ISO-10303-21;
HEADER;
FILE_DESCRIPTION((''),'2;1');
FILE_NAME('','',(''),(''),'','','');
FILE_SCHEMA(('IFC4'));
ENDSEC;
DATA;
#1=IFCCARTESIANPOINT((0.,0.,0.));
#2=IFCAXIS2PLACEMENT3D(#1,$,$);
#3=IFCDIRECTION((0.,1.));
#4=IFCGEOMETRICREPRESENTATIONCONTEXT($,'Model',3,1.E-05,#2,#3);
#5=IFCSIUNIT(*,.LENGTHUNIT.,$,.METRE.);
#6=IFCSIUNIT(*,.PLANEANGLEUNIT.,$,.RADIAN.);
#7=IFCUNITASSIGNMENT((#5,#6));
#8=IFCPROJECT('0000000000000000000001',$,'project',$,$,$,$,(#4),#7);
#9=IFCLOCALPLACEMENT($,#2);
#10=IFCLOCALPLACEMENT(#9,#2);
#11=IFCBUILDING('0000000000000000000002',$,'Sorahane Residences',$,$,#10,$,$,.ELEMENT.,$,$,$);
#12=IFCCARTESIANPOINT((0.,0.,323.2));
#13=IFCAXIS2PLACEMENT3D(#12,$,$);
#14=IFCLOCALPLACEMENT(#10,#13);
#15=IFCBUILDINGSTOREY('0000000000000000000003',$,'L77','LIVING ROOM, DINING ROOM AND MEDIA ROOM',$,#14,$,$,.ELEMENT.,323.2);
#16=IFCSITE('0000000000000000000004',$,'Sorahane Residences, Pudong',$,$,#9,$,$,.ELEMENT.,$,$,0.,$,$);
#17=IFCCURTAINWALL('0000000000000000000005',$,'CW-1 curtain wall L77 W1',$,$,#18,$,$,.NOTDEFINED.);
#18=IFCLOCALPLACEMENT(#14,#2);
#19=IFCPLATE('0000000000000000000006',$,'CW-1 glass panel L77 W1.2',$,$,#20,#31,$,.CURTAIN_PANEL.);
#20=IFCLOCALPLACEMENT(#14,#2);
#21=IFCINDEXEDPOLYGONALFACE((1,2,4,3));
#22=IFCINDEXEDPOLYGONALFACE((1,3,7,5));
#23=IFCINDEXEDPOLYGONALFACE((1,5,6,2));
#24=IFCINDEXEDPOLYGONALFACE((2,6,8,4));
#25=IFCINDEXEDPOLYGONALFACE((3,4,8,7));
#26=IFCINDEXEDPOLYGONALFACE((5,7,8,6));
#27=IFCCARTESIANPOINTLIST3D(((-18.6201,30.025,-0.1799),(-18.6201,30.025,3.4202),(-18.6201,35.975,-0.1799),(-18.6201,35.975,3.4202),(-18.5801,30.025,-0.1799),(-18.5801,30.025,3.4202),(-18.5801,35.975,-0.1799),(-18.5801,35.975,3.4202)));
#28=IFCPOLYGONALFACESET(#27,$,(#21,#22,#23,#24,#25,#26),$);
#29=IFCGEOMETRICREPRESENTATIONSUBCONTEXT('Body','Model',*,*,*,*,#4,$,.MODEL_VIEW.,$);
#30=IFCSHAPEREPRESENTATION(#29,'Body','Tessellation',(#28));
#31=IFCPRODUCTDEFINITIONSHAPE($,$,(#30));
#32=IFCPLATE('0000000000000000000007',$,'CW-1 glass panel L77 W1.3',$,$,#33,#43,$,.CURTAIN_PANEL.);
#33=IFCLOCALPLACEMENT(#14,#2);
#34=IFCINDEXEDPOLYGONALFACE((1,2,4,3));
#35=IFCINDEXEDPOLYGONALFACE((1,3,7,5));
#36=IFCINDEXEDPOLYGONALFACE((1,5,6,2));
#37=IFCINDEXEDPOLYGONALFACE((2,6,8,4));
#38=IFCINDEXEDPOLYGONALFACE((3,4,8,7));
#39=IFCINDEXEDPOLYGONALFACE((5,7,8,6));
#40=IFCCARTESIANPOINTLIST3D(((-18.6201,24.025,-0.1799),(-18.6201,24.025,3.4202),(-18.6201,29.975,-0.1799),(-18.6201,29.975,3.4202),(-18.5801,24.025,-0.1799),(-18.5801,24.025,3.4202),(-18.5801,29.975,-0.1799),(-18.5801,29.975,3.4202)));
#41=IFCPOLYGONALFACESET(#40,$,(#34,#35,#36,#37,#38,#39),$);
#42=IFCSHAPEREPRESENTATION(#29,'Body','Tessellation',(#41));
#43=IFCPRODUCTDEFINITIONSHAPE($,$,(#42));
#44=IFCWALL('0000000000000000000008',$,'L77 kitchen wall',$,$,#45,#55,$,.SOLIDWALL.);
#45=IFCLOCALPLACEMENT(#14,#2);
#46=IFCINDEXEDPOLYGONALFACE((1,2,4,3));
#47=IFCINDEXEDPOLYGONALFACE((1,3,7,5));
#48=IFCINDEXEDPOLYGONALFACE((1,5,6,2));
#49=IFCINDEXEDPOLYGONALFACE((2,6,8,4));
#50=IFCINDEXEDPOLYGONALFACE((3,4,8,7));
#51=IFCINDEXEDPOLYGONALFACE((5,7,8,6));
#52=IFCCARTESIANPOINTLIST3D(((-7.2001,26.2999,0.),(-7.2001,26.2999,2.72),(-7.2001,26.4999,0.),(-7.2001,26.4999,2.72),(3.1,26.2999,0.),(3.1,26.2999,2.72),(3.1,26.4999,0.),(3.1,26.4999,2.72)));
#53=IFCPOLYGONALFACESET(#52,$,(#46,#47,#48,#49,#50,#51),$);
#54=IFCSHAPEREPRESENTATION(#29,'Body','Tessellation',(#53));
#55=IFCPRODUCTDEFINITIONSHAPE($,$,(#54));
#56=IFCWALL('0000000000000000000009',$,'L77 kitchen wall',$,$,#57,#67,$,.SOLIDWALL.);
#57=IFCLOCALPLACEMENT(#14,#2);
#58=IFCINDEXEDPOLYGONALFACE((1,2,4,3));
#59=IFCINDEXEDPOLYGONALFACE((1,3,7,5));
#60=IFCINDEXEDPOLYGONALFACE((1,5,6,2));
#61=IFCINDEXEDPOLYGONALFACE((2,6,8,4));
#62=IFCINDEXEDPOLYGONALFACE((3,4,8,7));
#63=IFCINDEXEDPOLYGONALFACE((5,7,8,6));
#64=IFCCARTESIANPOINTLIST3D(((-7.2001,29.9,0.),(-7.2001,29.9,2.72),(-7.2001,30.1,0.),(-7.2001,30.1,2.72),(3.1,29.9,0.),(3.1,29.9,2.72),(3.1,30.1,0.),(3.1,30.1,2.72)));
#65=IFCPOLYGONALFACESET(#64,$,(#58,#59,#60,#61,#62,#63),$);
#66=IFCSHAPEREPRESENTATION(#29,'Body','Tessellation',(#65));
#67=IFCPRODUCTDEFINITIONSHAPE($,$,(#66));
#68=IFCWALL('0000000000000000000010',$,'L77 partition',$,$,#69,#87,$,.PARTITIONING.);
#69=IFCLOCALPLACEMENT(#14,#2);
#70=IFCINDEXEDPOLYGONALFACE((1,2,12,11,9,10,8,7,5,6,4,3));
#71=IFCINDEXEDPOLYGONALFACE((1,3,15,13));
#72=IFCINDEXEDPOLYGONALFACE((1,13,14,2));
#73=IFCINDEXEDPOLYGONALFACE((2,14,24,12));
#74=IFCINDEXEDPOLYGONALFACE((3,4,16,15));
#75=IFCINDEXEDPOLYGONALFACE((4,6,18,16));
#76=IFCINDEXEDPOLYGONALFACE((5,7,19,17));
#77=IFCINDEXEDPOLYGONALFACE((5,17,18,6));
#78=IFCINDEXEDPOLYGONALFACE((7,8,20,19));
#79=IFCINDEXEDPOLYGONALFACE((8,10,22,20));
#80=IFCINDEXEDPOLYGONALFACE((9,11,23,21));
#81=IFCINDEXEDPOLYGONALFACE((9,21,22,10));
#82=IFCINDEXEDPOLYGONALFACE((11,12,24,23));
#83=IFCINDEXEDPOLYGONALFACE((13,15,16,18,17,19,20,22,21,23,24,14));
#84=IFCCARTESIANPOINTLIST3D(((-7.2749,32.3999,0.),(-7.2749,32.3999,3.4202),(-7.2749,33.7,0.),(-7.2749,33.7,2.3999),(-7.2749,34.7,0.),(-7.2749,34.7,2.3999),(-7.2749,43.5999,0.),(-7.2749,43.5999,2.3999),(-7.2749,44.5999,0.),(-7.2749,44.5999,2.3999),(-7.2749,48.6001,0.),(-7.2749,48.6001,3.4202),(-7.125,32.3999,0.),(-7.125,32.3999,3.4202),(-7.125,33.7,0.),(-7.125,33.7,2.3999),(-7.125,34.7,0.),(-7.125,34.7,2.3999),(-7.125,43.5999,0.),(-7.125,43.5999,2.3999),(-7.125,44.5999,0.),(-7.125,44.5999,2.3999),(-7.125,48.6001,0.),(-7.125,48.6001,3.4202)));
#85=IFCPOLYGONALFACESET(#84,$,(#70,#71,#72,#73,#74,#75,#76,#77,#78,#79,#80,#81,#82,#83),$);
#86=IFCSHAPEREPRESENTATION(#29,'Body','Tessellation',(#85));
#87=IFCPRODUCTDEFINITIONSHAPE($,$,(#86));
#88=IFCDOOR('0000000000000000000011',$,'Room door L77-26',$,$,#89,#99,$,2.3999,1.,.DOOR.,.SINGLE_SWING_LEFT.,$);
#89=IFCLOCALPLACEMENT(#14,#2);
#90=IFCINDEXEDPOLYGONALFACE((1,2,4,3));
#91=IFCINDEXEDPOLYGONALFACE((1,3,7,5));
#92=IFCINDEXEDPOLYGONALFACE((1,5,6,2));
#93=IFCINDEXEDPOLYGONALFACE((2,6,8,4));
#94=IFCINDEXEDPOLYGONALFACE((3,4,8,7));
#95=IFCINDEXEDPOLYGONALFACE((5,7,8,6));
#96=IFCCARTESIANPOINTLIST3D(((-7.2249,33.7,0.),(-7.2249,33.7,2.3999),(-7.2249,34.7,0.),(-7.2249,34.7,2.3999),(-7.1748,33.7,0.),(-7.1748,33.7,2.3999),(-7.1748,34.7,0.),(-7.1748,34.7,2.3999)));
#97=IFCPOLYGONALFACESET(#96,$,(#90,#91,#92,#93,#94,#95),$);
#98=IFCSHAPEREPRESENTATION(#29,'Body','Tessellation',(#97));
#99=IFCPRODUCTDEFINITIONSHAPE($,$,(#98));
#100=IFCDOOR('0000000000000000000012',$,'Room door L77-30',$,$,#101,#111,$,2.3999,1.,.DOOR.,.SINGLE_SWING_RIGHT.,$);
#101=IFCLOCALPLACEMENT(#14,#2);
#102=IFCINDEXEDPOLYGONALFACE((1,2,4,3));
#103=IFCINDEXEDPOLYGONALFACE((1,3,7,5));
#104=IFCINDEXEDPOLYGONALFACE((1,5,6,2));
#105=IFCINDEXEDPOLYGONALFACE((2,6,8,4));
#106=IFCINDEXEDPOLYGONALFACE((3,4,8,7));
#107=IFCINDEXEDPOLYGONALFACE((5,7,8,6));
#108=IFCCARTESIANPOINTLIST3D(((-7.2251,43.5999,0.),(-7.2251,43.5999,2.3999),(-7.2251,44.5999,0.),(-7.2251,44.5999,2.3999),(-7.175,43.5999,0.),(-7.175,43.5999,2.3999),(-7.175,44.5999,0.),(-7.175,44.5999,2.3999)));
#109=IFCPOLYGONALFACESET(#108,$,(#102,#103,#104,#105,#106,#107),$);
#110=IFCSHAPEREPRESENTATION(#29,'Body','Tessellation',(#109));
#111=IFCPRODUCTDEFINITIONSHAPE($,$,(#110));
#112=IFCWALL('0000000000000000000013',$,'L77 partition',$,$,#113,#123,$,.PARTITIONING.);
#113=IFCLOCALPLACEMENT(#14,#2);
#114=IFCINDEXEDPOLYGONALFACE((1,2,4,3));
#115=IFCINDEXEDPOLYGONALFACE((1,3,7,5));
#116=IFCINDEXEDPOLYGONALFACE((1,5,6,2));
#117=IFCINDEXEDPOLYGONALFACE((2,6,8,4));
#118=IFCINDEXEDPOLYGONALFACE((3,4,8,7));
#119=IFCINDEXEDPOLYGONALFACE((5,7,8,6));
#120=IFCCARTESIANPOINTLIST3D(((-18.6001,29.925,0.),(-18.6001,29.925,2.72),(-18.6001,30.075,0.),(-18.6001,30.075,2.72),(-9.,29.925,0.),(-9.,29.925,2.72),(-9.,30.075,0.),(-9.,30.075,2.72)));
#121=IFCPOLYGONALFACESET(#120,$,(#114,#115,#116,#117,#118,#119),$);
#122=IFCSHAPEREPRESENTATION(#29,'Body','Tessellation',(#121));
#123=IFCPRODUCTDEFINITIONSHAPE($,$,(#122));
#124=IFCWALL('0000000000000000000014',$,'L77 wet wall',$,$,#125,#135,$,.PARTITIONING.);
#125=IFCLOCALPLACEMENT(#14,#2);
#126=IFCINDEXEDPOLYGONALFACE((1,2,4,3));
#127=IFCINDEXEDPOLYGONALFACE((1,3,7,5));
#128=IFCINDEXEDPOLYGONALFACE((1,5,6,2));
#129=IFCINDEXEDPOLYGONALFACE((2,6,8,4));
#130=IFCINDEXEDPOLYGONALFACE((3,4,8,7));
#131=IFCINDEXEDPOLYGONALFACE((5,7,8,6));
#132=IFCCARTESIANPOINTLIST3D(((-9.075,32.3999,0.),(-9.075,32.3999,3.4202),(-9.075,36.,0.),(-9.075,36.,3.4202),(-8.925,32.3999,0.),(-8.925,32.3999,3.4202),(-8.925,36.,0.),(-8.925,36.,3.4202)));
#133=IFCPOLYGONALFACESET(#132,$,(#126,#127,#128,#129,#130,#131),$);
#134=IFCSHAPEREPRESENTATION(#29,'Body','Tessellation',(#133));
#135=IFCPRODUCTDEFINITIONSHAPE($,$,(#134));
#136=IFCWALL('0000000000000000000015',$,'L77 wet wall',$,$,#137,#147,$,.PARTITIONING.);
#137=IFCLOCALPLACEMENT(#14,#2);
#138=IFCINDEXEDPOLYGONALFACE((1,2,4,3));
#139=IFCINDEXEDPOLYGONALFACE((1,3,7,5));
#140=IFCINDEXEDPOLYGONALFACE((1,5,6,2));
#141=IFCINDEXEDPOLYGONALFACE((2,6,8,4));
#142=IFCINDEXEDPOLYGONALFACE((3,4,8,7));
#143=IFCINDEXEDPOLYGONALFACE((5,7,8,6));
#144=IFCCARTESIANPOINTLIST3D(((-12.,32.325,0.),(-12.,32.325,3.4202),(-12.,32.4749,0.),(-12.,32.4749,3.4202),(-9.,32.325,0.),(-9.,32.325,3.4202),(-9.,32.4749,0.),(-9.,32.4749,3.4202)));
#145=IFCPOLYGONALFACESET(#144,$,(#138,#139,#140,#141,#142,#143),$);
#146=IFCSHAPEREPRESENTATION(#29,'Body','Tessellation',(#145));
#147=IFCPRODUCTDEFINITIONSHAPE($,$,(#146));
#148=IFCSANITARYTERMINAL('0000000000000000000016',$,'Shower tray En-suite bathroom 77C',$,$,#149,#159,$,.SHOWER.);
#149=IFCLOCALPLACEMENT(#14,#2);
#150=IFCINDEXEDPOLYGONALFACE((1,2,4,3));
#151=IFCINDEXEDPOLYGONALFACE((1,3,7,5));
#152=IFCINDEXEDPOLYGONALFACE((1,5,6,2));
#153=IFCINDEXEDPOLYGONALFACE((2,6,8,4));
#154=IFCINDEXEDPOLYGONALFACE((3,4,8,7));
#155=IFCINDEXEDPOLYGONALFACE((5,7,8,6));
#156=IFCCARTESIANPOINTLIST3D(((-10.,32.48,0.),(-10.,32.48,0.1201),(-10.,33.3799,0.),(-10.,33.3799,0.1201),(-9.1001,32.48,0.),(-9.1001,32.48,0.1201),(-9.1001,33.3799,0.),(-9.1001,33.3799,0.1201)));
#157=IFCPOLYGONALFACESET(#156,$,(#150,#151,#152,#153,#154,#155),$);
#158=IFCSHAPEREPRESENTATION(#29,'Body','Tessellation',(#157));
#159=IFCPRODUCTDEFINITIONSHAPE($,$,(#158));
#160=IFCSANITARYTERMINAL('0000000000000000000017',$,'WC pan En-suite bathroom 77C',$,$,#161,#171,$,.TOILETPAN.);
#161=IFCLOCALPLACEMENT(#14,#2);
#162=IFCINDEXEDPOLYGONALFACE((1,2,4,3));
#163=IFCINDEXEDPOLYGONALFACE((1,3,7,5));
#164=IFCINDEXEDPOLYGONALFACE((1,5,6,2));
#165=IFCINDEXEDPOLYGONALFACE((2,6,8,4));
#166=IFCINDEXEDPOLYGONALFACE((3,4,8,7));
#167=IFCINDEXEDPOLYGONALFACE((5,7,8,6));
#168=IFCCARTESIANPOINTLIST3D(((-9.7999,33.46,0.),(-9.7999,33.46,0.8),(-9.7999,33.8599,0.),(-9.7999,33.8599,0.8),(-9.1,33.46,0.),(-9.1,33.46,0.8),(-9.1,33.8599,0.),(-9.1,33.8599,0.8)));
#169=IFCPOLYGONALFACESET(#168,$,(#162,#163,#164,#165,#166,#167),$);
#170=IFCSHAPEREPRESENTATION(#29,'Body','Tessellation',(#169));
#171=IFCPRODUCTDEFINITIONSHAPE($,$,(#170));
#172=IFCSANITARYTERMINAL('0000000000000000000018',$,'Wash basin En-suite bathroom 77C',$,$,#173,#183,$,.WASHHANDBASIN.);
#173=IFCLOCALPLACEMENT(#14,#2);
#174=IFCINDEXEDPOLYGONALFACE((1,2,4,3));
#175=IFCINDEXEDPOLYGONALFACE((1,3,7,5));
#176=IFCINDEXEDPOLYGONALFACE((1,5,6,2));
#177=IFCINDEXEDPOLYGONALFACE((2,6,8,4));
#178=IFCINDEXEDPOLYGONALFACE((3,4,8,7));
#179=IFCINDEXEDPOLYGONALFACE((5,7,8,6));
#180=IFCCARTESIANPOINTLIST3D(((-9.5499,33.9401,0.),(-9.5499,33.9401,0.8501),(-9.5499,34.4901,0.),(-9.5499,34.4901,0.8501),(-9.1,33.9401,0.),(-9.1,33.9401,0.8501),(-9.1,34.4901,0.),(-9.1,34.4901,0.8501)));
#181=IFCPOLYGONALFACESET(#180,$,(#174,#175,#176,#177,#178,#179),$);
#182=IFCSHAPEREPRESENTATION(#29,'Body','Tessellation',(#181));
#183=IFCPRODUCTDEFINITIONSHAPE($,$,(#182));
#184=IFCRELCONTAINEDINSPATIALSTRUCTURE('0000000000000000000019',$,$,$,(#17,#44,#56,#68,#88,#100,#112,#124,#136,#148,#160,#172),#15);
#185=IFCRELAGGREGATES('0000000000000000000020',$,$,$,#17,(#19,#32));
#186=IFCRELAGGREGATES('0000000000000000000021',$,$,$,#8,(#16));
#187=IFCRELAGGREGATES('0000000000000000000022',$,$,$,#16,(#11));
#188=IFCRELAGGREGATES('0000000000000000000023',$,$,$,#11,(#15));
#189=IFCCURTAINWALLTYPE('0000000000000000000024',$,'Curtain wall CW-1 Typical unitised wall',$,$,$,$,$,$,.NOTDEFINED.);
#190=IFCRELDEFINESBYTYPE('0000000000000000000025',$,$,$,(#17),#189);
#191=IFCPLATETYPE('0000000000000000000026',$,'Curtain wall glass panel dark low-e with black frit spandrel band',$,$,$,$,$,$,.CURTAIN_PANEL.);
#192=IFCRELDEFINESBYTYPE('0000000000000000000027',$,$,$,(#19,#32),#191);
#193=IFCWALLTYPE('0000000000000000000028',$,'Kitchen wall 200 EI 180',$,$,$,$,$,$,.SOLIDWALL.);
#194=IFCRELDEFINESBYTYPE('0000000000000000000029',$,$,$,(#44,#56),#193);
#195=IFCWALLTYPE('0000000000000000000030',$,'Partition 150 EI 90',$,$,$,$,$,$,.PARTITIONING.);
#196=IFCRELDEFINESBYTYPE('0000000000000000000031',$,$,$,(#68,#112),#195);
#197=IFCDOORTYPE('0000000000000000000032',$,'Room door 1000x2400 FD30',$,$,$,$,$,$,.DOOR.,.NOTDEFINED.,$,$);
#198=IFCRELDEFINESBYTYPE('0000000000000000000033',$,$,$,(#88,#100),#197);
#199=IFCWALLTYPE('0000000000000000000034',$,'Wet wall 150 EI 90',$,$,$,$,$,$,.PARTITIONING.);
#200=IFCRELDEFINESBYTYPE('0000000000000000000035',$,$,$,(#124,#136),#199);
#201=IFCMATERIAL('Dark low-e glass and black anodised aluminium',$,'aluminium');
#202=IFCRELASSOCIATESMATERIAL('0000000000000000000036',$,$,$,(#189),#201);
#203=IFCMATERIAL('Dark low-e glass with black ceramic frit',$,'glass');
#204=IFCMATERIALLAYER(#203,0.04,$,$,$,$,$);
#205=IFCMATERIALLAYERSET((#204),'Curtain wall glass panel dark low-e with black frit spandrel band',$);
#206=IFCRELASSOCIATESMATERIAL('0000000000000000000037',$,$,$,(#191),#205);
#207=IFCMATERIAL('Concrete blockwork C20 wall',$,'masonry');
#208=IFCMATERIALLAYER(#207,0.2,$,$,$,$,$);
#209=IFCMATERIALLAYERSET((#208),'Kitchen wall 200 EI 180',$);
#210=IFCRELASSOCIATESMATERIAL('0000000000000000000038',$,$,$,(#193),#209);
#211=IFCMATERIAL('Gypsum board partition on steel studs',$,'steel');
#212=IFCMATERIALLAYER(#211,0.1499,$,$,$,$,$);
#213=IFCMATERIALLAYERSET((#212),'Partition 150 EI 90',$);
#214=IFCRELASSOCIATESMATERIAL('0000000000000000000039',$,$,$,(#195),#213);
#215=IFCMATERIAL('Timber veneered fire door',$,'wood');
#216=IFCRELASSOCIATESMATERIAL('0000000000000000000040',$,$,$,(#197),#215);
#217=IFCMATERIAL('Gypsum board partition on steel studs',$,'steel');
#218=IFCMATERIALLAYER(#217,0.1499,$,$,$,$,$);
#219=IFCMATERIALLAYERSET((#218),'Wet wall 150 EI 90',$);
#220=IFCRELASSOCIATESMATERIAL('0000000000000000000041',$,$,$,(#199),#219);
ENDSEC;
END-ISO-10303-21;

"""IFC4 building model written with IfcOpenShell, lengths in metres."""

from ifc_helpers import new_model, si_unit, direction, frame, frame_2d, origin, origin_2d, place, context, subcontext, project, spatial, rectangle, extrude, material, layer, layer_set, type_object, element, fill, aggregate, save


model = new_model("IFC4")

# Units and contexts
model_context = context("Model", 3, precision=1e-05, world=origin(), true_north=direction((0.0, 1.0)))
body_context = subcontext(model_context, "Body", "Model", "MODEL_VIEW")
ifc_project = project(units=[si_unit("LENGTHUNIT", "METRE"), si_unit("PLANEANGLEUNIT", "RADIAN")], contexts=[model_context])

# Site, building, storey
site_placement = place(None, origin())
site = spatial("IfcSite", under=ifc_project, at=site_placement, Name="Sorahane Residences, Pudong", CompositionType="ELEMENT", RefElevation=0.0)
building_placement = place(site_placement, origin())
building = spatial("IfcBuilding", under=site, at=building_placement, Name="Sorahane Residences", CompositionType="ELEMENT")
storey_placement = place(building_placement, frame((0.0, 0.0, 323.2)))
storey = spatial("IfcBuildingStorey", under=building, at=storey_placement, Name="L77", Description="LIVING ROOM, DINING ROOM AND MEDIA ROOM", CompositionType="ELEMENT", Elevation=323.2)

# Curtain wall
ifc_material_1 = material(Name="Dark low-e glass and black anodised aluminium", Category="aluminium")
curtain_wall_type = type_object("IfcCurtainWallType", Name="Curtain wall CW-1 Typical unitised wall", PredefinedType="NOTDEFINED", material=ifc_material_1)
curtain_wall_placement = place(storey_placement, origin())
curtain_wall = element("IfcCurtainWall", 1, at=curtain_wall_placement, inside=storey, type_object=curtain_wall_type, Name="CW-1 curtain wall L77 W1", PredefinedType="NOTDEFINED")

# Plates
ifc_material_2 = material(Name="Dark low-e glass with black ceramic frit", Category="glass")
ifc_layer_1 = layer(ifc_material_2, 0.04)
ifc_layer_set_1 = layer_set([ifc_layer_1], Name="Curtain wall glass panel dark low-e with black frit spandrel band")
plate_type = type_object("IfcPlateType", Name="Curtain wall glass panel dark low-e with black frit spandrel band", PredefinedType="CURTAIN_PANEL", material=ifc_layer_set_1)
plate_1_placement = place(storey_placement, frame((-18.6001, 33.0, -0.1799), z_axis=(0.0, 0.0, 1.0), x_axis=(0.0, -1.0, 0.0)))
plate_1 = element("IfcPlate", 2, at=plate_1_placement, type_object=plate_type, Name="CW-1 glass panel L77 W1.2", PredefinedType="CURTAIN_PANEL", context=body_context, shape_type="SweptSolid", body=[
    extrude(rectangle(XDim=5.95, YDim=0.04, at=origin_2d()), origin(), (0.0, 0.0, 1.0), 3.6001),
])
plate_2_placement = place(storey_placement, frame((-18.6001, 27.0, -0.1799), z_axis=(0.0, 0.0, 1.0), x_axis=(0.0, -1.0, 0.0)))
plate_2 = element("IfcPlate", 3, at=plate_2_placement, type_object=plate_type, Name="CW-1 glass panel L77 W1.3", PredefinedType="CURTAIN_PANEL", context=body_context, shape_type="SweptSolid", body=[
    extrude(rectangle(XDim=5.95, YDim=0.04, at=origin_2d()), origin(), (0.0, 0.0, 1.0), 3.6001),
])
aggregate(curtain_wall, [plate_1, plate_2])

# Shared definitions
ifc_material_3 = material(Name="Concrete blockwork C20 wall", Category="masonry")
ifc_layer_2 = layer(ifc_material_3, 0.2)
ifc_layer_set_2 = layer_set([ifc_layer_2], Name="Kitchen wall 200 EI 180")
wall_type_1 = type_object("IfcWallType", Name="Kitchen wall 200 EI 180", PredefinedType="SOLIDWALL", material=ifc_layer_set_2)

# Walls
for number, where, z_axis, x_axis, name in (
    (4, (-7.2, 26.3999, 0.0), (0.0, 0.0, 1.0), (1.0, 0.0, 0.0), "L77 kitchen wall"),
    (5, (-7.2, 30.0, 0.0), (0.0, 0.0, 1.0), (1.0, 0.0, 0.0), "L77 kitchen wall"),
):
    element("IfcWall", number, at=place(storey_placement, frame(where, z_axis=z_axis, x_axis=x_axis)), inside=storey, type_object=wall_type_1, Name=name, PredefinedType="SOLIDWALL", context=body_context, shape_type="SweptSolid", body=[
        extrude(rectangle(XDim=10.3, YDim=0.2, at=frame_2d((5.1499, 0.0))), origin(), (0.0, 0.0, 1.0), 2.72),
    ])

# Wall, openings, doors
ifc_material_4 = material(Name="Gypsum board partition on steel studs", Category="steel")
ifc_layer_3 = layer(ifc_material_4, 0.1499)
ifc_layer_set_3 = layer_set([ifc_layer_3], Name="Partition 150 EI 90")
wall_type_2 = type_object("IfcWallType", Name="Partition 150 EI 90", PredefinedType="PARTITIONING", material=ifc_layer_set_3)
wall_1_placement = place(storey_placement, frame((-7.2, 32.3999, 0.0), z_axis=(0.0, 0.0, 1.0), x_axis=(0.0, 1.0, 0.0)))
wall_1 = element("IfcWall", 6, at=wall_1_placement, inside=storey, type_object=wall_type_2, Name="L77 partition", PredefinedType="PARTITIONING", context=body_context, shape_type="SweptSolid", body=[
    extrude(rectangle(XDim=16.2002, YDim=0.1499, at=frame_2d((8.1001, 0.0))), origin(), (0.0, 0.0, 1.0), 3.4202),
])
opening_1_placement = place(wall_1_placement, frame((1.3, 0.0, 0.0)))
opening_1 = element("IfcOpeningElement", 7, at=opening_1_placement, cuts=wall_1, PredefinedType="OPENING", context=body_context, shape_type="SweptSolid", body=[
    extrude(rectangle(XDim=1.0, YDim=2.3999, at=frame_2d((0.5, 1.2))), frame((0.0, 0.085, 0.0), z_axis=(0.0, -1.0, 0.0), x_axis=(1.0, 0.0, 0.0)), (0.0, 0.0, 1.0), 0.1699),
])
opening_2_placement = place(wall_1_placement, frame((11.2, 0.0, 0.0)))
opening_2 = element("IfcOpeningElement", 8, at=opening_2_placement, cuts=wall_1, PredefinedType="OPENING", context=body_context, shape_type="SweptSolid", body=[
    extrude(rectangle(XDim=1.0, YDim=2.3999, at=frame_2d((0.5, 1.2))), frame((0.0, 0.085, 0.0), z_axis=(0.0, -1.0, 0.0), x_axis=(1.0, 0.0, 0.0)), (0.0, 0.0, 1.0), 0.1699),
])
ifc_material_5 = material(Name="Timber veneered fire door", Category="wood")
door_type_1 = type_object("IfcDoorType", Name="Room door 1000x2400 FD30", OperationType="NOTDEFINED", PredefinedType="DOOR", material=ifc_material_5)
door_1_placement = place(opening_1_placement, origin())
door_1 = element("IfcDoor", 9, at=door_1_placement, inside=storey, type_object=door_type_1, Name="Room door L77-26", OperationType="SINGLE_SWING_LEFT", OverallHeight=2.3999, OverallWidth=1.0, PredefinedType="DOOR", context=body_context, shape_type="SweptSolid", body=[
    extrude(rectangle(XDim=1.0, YDim=2.3999, at=frame_2d((0.5, 1.2))), frame((0.0, 0.0249, 0.0), z_axis=(0.0, -1.0, 0.0), x_axis=(1.0, 0.0, 0.0)), (0.0, 0.0, 1.0), 0.05),
])
fill(opening_1, door_1)
door_2_placement = place(opening_2_placement, frame((1.0, 0.0, 0.0), z_axis=(0.0, 0.0, 1.0), x_axis=(-1.0, 0.0, 0.0)))
door_2 = element("IfcDoor", 10, at=door_2_placement, inside=storey, type_object=door_type_1, Name="Room door L77-30", OperationType="SINGLE_SWING_RIGHT", OverallHeight=2.3999, OverallWidth=1.0, PredefinedType="DOOR", context=body_context, shape_type="SweptSolid", body=[
    extrude(rectangle(XDim=1.0, YDim=2.3999, at=frame_2d((0.5, 1.2))), frame((0.0, 0.0249, 0.0), z_axis=(0.0, -1.0, 0.0), x_axis=(1.0, 0.0, 0.0)), (0.0, 0.0, 1.0), 0.05),
])
fill(opening_2, door_2)

# Wall
wall_2_placement = place(storey_placement, frame((-18.6001, 30.0, 0.0), z_axis=(0.0, 0.0, 1.0), x_axis=(1.0, 0.0, 0.0)))
element("IfcWall", 11, at=wall_2_placement, inside=storey, type_object=wall_type_2, Name="L77 partition", PredefinedType="PARTITIONING", context=body_context, shape_type="SweptSolid", body=[
    extrude(rectangle(XDim=9.6001, YDim=0.1499, at=frame_2d((4.8, 0.0))), origin(), (0.0, 0.0, 1.0), 2.72),
])

# Shared definitions
ifc_material_6 = material(Name="Gypsum board partition on steel studs", Category="steel")
ifc_layer_4 = layer(ifc_material_6, 0.1499)
ifc_layer_set_4 = layer_set([ifc_layer_4], Name="Wet wall 150 EI 90")
wall_type_3 = type_object("IfcWallType", Name="Wet wall 150 EI 90", PredefinedType="PARTITIONING", material=ifc_layer_set_4)

# Walls
wall_3_placement = place(storey_placement, frame((-9.0, 32.3999, 0.0), z_axis=(0.0, 0.0, 1.0), x_axis=(0.0, 1.0, 0.0)))
element("IfcWall", 12, at=wall_3_placement, inside=storey, type_object=wall_type_3, Name="L77 wet wall", PredefinedType="PARTITIONING", context=body_context, shape_type="SweptSolid", body=[
    extrude(rectangle(XDim=3.6001, YDim=0.1499, at=frame_2d((1.8, 0.0))), origin(), (0.0, 0.0, 1.0), 3.4202),
])
wall_4_placement = place(storey_placement, frame((-12.0, 32.3999, 0.0), z_axis=(0.0, 0.0, 1.0), x_axis=(1.0, 0.0, 0.0)))
element("IfcWall", 13, at=wall_4_placement, inside=storey, type_object=wall_type_3, Name="L77 wet wall", PredefinedType="PARTITIONING", context=body_context, shape_type="SweptSolid", body=[
    extrude(rectangle(XDim=3.0, YDim=0.1499, at=frame_2d((1.5, 0.0))), origin(), (0.0, 0.0, 1.0), 3.4202),
])

# Sanitary terminals
sanitary_terminal_1_placement = place(storey_placement, frame((-9.55, 32.9299, 0.0), z_axis=(0.0, 0.0, 1.0), x_axis=(0.0, -1.0, 0.0)))
element("IfcSanitaryTerminal", 14, at=sanitary_terminal_1_placement, inside=storey, Name="Shower tray En-suite bathroom 77C", PredefinedType="SHOWER", context=body_context, shape_type="SweptSolid", body=[
    extrude(rectangle(XDim=0.8999, YDim=0.8999, at=origin_2d()), origin(), (0.0, 0.0, 1.0), 0.1201),
])
sanitary_terminal_2_placement = place(storey_placement, frame((-9.45, 33.6599, 0.0), z_axis=(0.0, 0.0, 1.0), x_axis=(0.0, -1.0, 0.0)))
element("IfcSanitaryTerminal", 15, at=sanitary_terminal_2_placement, inside=storey, Name="WC pan En-suite bathroom 77C", PredefinedType="TOILETPAN", context=body_context, shape_type="SweptSolid", body=[
    extrude(rectangle(XDim=0.3999, YDim=0.7, at=origin_2d()), origin(), (0.0, 0.0, 1.0), 0.8),
])
sanitary_terminal_3_placement = place(storey_placement, frame((-9.325, 34.2151, 0.0), z_axis=(0.0, 0.0, 1.0), x_axis=(0.0, -1.0, 0.0)))
element("IfcSanitaryTerminal", 16, at=sanitary_terminal_3_placement, inside=storey, Name="Wash basin En-suite bathroom 77C", PredefinedType="WASHHANDBASIN", context=body_context, shape_type="SweptSolid", body=[
    extrude(rectangle(XDim=0.55, YDim=0.45, at=origin_2d()), origin(), (0.0, 0.0, 1.0), 0.8501),
])

save(model, "model.ifc")
